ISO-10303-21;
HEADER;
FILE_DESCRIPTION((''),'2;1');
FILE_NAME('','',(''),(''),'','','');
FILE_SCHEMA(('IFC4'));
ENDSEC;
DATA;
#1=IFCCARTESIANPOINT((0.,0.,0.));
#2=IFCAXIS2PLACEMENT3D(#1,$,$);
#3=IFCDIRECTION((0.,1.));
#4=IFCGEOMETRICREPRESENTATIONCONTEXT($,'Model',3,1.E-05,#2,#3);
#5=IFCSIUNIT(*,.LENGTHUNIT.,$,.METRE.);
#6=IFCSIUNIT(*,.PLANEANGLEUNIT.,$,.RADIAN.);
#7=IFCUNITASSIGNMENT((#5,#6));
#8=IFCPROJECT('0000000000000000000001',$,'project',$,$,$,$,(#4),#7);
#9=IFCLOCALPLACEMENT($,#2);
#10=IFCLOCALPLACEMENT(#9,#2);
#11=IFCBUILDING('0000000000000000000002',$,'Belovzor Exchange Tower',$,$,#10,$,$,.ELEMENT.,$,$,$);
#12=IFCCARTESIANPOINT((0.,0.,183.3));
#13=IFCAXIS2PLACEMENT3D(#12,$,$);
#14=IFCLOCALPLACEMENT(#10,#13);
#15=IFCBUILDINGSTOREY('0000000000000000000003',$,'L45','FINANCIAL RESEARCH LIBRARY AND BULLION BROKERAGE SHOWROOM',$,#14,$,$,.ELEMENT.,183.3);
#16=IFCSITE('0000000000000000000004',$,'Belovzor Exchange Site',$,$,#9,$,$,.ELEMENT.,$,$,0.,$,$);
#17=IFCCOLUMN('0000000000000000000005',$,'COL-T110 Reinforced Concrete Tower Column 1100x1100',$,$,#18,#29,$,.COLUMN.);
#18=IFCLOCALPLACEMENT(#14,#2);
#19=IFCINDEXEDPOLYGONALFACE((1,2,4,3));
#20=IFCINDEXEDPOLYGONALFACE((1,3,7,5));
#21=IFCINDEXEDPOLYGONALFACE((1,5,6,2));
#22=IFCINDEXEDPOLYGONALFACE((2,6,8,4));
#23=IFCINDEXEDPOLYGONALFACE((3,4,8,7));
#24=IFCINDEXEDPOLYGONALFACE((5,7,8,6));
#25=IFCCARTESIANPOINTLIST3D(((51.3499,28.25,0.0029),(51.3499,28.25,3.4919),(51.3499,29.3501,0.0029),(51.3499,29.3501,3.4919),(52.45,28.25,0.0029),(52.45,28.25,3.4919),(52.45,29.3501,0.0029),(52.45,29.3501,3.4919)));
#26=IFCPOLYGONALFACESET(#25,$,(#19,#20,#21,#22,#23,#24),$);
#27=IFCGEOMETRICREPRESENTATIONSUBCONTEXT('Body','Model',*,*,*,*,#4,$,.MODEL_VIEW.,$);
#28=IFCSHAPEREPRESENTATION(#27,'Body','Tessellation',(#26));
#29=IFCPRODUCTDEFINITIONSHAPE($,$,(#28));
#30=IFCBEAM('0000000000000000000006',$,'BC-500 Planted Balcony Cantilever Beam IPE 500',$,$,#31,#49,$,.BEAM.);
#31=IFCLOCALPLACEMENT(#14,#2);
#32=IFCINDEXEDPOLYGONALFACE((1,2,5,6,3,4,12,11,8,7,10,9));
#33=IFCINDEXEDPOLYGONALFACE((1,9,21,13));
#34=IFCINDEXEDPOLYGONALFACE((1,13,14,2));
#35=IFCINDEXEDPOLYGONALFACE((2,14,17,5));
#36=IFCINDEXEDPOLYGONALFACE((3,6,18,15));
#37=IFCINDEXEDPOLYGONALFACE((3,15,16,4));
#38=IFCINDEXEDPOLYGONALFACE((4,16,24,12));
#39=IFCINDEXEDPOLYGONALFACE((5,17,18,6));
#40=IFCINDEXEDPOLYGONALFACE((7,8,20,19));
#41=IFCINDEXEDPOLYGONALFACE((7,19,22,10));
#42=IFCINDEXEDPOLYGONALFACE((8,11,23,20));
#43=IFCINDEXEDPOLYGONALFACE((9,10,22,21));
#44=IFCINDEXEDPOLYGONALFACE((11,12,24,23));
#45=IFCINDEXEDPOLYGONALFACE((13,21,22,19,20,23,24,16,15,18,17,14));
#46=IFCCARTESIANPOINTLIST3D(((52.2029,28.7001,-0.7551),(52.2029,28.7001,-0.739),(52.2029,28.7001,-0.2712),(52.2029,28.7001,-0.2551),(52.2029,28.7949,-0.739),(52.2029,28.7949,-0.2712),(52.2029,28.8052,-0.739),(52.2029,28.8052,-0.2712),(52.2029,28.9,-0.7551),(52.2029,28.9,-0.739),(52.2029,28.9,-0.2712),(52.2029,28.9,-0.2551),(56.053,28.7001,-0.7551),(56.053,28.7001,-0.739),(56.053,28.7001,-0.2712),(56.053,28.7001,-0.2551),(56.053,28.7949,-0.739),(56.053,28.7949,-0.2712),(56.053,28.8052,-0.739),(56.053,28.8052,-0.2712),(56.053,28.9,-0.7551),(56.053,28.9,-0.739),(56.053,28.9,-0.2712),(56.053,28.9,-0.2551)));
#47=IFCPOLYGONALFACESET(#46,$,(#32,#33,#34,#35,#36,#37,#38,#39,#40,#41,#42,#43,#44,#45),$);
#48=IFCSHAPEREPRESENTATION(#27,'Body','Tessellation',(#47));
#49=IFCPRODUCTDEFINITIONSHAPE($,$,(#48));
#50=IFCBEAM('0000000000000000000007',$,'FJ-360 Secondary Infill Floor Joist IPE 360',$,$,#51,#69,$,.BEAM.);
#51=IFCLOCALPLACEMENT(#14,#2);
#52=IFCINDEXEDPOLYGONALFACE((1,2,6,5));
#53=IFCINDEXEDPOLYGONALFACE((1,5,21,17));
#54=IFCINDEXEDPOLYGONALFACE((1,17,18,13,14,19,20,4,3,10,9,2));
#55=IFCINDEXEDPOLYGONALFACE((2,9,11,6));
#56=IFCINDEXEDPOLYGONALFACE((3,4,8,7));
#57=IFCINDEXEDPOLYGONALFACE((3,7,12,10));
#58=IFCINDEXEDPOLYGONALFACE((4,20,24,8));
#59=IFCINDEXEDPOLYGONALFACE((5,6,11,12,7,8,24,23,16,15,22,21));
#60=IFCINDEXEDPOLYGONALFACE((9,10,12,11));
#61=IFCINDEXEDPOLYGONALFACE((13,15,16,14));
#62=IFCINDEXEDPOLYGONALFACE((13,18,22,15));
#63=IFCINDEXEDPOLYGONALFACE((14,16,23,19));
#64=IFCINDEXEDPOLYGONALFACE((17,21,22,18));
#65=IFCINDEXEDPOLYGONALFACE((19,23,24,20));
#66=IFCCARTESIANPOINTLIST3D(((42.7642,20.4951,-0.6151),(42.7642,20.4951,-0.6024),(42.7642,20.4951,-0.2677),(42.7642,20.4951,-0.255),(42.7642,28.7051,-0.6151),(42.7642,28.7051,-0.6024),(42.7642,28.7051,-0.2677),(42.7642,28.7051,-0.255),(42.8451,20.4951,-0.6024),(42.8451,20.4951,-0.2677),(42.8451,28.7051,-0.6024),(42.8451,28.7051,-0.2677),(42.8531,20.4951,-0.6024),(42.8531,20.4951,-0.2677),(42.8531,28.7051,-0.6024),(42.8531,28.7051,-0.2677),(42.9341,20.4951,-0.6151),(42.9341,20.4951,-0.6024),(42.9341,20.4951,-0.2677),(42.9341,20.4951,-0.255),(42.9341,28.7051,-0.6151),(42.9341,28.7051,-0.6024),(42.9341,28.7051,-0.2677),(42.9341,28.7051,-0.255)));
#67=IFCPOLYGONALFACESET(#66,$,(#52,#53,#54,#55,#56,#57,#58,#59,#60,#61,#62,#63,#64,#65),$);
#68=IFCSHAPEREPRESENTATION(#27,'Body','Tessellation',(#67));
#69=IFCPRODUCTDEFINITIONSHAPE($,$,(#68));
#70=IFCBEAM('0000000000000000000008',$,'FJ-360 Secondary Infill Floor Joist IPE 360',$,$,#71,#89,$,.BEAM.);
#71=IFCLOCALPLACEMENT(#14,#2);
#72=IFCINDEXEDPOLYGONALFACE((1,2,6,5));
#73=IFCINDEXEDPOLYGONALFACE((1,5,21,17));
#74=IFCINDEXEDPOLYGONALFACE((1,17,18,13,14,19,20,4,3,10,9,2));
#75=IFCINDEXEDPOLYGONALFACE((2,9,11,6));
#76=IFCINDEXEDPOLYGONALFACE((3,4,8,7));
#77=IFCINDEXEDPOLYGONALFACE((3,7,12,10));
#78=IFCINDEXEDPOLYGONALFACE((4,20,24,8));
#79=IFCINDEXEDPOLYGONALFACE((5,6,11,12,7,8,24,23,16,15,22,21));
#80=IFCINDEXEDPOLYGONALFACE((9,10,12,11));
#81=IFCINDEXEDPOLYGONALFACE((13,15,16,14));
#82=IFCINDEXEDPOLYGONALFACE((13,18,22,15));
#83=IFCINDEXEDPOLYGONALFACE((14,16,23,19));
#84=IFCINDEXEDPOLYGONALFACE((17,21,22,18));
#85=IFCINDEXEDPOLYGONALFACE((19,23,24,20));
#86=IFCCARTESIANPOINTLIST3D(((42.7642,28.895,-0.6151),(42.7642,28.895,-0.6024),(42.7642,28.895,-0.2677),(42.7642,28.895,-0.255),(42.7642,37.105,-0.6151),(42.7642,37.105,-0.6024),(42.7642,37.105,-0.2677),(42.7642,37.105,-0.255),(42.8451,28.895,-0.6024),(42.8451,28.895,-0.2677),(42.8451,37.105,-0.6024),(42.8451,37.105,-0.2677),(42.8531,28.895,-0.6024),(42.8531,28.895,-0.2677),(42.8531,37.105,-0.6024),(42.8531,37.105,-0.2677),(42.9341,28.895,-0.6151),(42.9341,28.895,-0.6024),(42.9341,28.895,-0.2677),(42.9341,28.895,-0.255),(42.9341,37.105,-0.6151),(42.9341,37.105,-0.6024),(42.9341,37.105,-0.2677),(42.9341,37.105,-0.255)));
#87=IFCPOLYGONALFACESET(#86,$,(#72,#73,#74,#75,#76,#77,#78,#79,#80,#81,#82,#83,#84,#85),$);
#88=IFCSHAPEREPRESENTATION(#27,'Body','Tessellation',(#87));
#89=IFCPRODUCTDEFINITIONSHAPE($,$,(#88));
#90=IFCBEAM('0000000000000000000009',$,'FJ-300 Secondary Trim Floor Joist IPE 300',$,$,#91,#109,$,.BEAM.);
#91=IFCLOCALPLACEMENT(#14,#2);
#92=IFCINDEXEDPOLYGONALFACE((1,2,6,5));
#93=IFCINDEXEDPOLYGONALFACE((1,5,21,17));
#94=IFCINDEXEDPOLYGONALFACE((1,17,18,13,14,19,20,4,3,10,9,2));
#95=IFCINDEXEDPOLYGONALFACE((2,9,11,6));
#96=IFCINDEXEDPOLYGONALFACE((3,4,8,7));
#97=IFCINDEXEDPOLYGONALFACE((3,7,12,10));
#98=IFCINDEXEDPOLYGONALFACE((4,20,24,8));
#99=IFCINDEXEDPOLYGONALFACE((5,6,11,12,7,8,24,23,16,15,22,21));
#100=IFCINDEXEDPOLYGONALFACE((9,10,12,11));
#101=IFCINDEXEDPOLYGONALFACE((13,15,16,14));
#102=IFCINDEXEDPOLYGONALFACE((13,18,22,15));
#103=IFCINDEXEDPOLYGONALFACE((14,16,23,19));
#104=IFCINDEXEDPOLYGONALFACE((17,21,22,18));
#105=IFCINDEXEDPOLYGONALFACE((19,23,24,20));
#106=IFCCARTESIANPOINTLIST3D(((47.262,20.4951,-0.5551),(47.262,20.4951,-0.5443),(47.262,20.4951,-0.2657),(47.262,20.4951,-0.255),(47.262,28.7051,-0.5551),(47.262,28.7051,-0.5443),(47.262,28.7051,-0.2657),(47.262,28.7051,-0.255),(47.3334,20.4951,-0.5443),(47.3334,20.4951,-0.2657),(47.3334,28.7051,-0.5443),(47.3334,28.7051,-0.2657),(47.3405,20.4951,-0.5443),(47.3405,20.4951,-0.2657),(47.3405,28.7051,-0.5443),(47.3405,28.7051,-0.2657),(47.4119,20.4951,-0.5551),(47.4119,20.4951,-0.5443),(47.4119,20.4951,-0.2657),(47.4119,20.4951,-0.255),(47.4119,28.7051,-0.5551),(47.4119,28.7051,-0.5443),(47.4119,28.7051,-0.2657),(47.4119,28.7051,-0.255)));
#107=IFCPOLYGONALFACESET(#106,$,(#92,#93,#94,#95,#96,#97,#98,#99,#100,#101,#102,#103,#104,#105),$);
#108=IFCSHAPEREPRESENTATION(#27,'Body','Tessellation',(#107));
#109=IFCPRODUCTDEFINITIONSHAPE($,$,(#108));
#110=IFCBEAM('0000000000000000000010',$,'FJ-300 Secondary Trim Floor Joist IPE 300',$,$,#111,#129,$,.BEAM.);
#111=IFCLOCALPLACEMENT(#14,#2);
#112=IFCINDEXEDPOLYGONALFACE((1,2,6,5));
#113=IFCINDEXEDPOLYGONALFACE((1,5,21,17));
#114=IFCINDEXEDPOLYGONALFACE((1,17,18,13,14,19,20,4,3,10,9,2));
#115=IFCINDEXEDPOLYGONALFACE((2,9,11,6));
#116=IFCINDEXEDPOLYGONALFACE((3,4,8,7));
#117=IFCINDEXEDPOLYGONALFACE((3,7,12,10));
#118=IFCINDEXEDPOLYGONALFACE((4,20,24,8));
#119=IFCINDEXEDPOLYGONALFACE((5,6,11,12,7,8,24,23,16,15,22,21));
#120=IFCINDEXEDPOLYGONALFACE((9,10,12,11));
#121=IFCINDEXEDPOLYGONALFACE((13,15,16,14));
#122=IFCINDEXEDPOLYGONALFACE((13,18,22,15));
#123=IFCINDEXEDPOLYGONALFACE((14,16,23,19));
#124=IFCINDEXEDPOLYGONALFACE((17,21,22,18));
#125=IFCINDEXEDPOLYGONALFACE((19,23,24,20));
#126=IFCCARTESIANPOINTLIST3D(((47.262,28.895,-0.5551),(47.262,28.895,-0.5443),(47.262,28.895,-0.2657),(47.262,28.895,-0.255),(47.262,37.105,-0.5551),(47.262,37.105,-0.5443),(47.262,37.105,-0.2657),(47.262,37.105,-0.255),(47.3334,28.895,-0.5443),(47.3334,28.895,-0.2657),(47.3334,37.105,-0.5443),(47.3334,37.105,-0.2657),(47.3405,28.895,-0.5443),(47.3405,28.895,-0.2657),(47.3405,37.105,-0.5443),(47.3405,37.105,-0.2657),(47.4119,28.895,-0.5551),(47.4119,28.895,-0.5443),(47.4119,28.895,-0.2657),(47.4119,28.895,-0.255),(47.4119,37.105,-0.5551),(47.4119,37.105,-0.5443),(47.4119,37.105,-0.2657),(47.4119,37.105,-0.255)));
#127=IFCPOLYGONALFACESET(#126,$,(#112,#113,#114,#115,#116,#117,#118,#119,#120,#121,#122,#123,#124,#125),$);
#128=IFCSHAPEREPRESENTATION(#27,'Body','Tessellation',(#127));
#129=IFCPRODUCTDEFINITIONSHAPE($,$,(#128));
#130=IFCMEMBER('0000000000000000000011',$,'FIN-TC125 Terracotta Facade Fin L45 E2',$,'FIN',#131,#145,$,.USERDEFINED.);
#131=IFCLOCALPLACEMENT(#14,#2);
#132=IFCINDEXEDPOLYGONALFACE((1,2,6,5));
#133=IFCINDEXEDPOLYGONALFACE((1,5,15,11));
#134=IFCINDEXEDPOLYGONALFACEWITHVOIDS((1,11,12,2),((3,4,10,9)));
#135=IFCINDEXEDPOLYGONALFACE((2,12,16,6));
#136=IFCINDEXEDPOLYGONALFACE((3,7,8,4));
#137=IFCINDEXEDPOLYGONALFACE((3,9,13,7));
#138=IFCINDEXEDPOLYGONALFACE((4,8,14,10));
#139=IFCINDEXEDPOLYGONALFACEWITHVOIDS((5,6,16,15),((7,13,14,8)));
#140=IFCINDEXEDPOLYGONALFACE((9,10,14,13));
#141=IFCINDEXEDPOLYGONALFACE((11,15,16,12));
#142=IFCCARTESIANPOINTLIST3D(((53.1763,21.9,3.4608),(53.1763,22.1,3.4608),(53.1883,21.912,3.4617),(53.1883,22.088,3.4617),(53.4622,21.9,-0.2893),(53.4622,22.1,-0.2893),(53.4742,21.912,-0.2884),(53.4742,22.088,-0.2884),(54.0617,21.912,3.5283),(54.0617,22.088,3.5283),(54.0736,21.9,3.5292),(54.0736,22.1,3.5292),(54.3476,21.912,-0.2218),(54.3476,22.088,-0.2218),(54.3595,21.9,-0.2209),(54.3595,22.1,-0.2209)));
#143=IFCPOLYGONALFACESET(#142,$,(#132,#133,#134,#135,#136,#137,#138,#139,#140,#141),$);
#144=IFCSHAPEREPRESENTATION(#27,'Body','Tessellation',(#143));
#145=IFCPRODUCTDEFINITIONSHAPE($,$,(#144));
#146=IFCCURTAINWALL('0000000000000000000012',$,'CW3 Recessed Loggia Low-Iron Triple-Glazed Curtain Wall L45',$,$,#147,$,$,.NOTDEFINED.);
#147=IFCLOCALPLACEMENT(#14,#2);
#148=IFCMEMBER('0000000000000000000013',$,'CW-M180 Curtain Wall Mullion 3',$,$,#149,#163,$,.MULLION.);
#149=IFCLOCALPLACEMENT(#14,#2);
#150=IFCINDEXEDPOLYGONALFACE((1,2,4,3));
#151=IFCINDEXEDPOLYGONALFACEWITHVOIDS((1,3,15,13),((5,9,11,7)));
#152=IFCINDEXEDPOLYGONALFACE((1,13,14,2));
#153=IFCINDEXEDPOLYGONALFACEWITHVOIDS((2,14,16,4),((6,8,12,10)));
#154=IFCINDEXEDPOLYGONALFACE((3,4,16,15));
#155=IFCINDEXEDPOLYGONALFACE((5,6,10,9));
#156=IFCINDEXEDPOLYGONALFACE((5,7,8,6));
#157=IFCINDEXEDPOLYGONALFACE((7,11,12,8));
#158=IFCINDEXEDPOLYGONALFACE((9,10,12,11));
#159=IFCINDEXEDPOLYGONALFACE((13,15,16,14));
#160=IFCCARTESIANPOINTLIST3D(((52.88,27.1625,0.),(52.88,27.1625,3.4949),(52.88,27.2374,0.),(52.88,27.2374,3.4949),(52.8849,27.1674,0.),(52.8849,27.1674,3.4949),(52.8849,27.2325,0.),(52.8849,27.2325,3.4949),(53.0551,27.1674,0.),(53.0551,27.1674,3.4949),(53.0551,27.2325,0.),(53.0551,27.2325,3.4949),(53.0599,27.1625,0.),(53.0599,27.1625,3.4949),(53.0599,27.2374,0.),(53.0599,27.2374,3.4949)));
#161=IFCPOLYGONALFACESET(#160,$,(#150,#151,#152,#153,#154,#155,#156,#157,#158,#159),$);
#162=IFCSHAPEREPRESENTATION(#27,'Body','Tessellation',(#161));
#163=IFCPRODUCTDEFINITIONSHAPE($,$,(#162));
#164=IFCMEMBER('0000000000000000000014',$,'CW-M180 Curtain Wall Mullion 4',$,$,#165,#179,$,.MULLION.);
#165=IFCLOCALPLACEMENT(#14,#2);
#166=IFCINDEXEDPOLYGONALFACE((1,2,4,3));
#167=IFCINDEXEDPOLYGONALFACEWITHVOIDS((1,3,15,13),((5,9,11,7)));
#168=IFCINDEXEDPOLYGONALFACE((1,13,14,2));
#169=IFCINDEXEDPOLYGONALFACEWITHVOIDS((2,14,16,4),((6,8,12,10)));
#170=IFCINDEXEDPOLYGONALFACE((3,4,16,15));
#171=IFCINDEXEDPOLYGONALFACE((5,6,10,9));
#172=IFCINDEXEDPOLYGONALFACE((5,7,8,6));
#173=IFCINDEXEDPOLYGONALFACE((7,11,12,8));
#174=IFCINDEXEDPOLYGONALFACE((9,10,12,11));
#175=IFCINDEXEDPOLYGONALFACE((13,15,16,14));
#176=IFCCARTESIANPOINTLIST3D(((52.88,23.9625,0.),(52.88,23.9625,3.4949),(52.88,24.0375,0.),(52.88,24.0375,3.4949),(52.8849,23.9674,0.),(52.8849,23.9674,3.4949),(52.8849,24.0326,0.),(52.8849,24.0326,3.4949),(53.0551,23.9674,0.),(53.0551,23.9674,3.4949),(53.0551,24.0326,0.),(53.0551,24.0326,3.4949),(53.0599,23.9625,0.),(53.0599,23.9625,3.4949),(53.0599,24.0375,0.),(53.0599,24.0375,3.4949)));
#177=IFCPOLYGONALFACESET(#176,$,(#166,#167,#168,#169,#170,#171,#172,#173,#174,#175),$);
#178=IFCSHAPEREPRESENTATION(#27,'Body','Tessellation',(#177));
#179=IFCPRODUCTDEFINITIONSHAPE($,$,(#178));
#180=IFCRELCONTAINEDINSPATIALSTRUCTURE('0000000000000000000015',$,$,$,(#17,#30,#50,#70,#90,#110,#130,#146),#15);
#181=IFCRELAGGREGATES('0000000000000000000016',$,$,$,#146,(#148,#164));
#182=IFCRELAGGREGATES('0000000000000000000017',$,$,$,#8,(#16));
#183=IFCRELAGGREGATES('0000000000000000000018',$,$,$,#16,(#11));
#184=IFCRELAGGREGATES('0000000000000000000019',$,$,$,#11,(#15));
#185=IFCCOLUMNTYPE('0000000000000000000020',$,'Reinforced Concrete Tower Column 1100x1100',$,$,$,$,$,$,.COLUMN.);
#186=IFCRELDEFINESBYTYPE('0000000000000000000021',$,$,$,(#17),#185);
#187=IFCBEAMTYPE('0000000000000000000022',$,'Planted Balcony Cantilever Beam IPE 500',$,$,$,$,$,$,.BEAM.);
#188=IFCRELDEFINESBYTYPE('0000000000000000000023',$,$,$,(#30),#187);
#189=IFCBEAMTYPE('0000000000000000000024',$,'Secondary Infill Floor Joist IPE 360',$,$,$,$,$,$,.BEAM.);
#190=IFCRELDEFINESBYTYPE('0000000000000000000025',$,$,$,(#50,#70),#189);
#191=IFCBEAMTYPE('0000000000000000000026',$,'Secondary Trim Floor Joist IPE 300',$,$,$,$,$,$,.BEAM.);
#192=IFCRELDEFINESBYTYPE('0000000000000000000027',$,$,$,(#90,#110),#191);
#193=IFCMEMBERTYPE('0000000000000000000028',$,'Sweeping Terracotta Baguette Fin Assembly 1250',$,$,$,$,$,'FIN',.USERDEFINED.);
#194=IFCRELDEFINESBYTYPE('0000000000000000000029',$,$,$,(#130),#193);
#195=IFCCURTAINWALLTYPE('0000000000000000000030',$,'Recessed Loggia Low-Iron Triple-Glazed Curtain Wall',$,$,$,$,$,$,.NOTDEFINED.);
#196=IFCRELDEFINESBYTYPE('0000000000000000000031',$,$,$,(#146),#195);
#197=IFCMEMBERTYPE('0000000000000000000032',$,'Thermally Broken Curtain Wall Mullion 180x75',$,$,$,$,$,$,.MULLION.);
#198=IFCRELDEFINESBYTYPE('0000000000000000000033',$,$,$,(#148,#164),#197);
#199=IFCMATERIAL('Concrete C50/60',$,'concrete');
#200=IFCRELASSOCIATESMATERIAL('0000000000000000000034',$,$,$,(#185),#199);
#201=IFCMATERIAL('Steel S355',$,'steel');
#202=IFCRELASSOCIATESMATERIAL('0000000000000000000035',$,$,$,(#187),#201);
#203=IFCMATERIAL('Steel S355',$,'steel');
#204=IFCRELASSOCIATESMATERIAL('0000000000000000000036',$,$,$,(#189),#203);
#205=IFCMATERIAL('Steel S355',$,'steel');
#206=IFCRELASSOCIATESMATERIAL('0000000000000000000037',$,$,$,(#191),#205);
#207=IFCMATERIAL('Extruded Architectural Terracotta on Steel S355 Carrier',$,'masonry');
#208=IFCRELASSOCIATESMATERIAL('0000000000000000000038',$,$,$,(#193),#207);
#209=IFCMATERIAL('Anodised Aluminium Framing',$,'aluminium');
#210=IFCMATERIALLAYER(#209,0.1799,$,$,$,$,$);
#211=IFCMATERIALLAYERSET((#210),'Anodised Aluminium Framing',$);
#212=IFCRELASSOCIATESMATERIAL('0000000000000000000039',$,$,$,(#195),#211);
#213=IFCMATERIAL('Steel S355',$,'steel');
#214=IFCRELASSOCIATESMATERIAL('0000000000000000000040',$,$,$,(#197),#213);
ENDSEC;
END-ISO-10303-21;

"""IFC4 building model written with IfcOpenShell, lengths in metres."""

from ifc_helpers import new_model, si_unit, direction, frame, origin, origin_2d, place, context, subcontext, project, spatial, rectangle, hollow_rectangle, i_section, extrude, material, layer, layer_set, material_profile, profile_set, type_object, element, aggregate, save


model = new_model("IFC4")

# Units and contexts
model_context = context("Model", 3, precision=1e-05, world=origin(), true_north=direction((0.0, 1.0)))
body_context = subcontext(model_context, "Body", "Model", "MODEL_VIEW")
ifc_project = project(units=[si_unit("LENGTHUNIT", "METRE"), si_unit("PLANEANGLEUNIT", "RADIAN")], contexts=[model_context])

# Site, building, storey
site_placement = place(None, origin())
site = spatial("IfcSite", under=ifc_project, at=site_placement, Name="Belovzor Exchange Site", CompositionType="ELEMENT", RefElevation=0.0)
building_placement = place(site_placement, origin())
building = spatial("IfcBuilding", under=site, at=building_placement, Name="Belovzor Exchange Tower", CompositionType="ELEMENT")
storey_placement = place(building_placement, frame((0.0, 0.0, 183.3)))
storey = spatial("IfcBuildingStorey", under=building, at=storey_placement, Name="L45", Description="FINANCIAL RESEARCH LIBRARY AND BULLION BROKERAGE SHOWROOM", CompositionType="ELEMENT", Elevation=183.3)

# Column
ifc_material_1 = material(Name="Concrete C50/60", Category="concrete")
ifc_material_profile_1 = material_profile(ifc_material_1, rectangle(XDim=1.1001, YDim=1.1001, at=origin_2d()))
ifc_profile_set_1 = profile_set([ifc_material_profile_1], Name="Concrete C50/60")
column_type = type_object("IfcColumnType", Name="Reinforced Concrete Tower Column 1100x1100", PredefinedType="COLUMN", material=ifc_profile_set_1)
column_placement = place(storey_placement, frame((51.8999, 28.8, 0.0029), z_axis=(0.0, 0.0, 1.0), x_axis=(1.0, 0.0, 0.0)))
element("IfcColumn", 1, at=column_placement, inside=storey, type_object=column_type, Name="COL-T110 Reinforced Concrete Tower Column 1100x1100", PredefinedType="COLUMN", context=body_context, shape_type="SweptSolid", body=[
    extrude(rectangle(XDim=1.1001, YDim=1.1001, at=origin_2d()), origin(), (0.0, 0.0, 1.0), 3.489),
])

# Beams
ifc_material_2 = material(Name="Steel S355", Category="steel")
ifc_material_profile_2 = material_profile(ifc_material_2, i_section(OverallWidth=0.2, OverallDepth=0.5, WebThickness=0.0103, FlangeThickness=0.0161, at=origin_2d()))
ifc_profile_set_2 = profile_set([ifc_material_profile_2], Name="Steel S355")
beam_type_1 = type_object("IfcBeamType", Name="Planted Balcony Cantilever Beam IPE 500", PredefinedType="BEAM", material=ifc_profile_set_2)
beam_1_placement = place(storey_placement, frame((52.2029, 28.8, -0.5051), z_axis=(1.0, 0.0, 0.0), x_axis=(0.0, 1.0, 0.0)))
element("IfcBeam", 2, at=beam_1_placement, inside=storey, type_object=beam_type_1, Name="BC-500 Planted Balcony Cantilever Beam IPE 500", PredefinedType="BEAM", context=body_context, shape_type="SweptSolid", body=[
    extrude(i_section(OverallWidth=0.2, OverallDepth=0.5, WebThickness=0.0103, FlangeThickness=0.0161, at=origin_2d()), origin(), (0.0, 0.0, 1.0), 3.8501),
])
ifc_material_3 = material(Name="Steel S355", Category="steel")
ifc_material_profile_3 = material_profile(ifc_material_3, i_section(OverallWidth=0.1699, OverallDepth=0.3601, WebThickness=0.0081, FlangeThickness=0.0127, at=origin_2d()))
ifc_profile_set_3 = profile_set([ifc_material_profile_3], Name="Steel S355")
beam_type_2 = type_object("IfcBeamType", Name="Secondary Infill Floor Joist IPE 360", PredefinedType="BEAM", material=ifc_profile_set_3)
for number, where, z_axis, x_axis, name in (
    (3, (42.8491, 20.4951, -0.4351), (0.0, 1.0, 0.0), (-1.0, 0.0, 0.0), "FJ-360 Secondary Infill Floor Joist IPE 360"),
    (4, (42.8491, 28.895, -0.4351), (0.0, 1.0, 0.0), (-1.0, 0.0, 0.0), "FJ-360 Secondary Infill Floor Joist IPE 360"),
):
    element("IfcBeam", number, at=place(storey_placement, frame(where, z_axis=z_axis, x_axis=x_axis)), inside=storey, type_object=beam_type_2, Name=name, PredefinedType="BEAM", context=body_context, shape_type="SweptSolid", body=[
        extrude(i_section(OverallWidth=0.1699, OverallDepth=0.3601, WebThickness=0.0081, FlangeThickness=0.0127, at=origin_2d()), origin(), (0.0, 0.0, 1.0), 8.21),
    ])
ifc_material_4 = material(Name="Steel S355", Category="steel")
ifc_material_profile_4 = material_profile(ifc_material_4, i_section(OverallWidth=0.1499, OverallDepth=0.3, WebThickness=0.0071, FlangeThickness=0.0107, at=origin_2d()))
ifc_profile_set_4 = profile_set([ifc_material_profile_4], Name="Steel S355")
beam_type_3 = type_object("IfcBeamType", Name="Secondary Trim Floor Joist IPE 300", PredefinedType="BEAM", material=ifc_profile_set_4)
for number, where, z_axis, x_axis, name in (
    (5, (47.3369, 20.4951, -0.405), (0.0, 1.0, 0.0), (-1.0, 0.0, 0.0), "FJ-300 Secondary Trim Floor Joist IPE 300"),
    (6, (47.3369, 28.895, -0.405), (0.0, 1.0, 0.0), (-1.0, 0.0, 0.0), "FJ-300 Secondary Trim Floor Joist IPE 300"),
):
    element("IfcBeam", number, at=place(storey_placement, frame(where, z_axis=z_axis, x_axis=x_axis)), inside=storey, type_object=beam_type_3, Name=name, PredefinedType="BEAM", context=body_context, shape_type="SweptSolid", body=[
        extrude(i_section(OverallWidth=0.1499, OverallDepth=0.3, WebThickness=0.0071, FlangeThickness=0.0107, at=origin_2d()), origin(), (0.0, 0.0, 1.0), 8.21),
    ])

# Member
ifc_material_5 = material(Name="Extruded Architectural Terracotta on Steel S355 Carrier", Category="masonry")
ifc_material_profile_5 = material_profile(ifc_material_5, hollow_rectangle(XDim=0.2, YDim=0.8999, WallThickness=0.012, at=origin_2d()))
ifc_profile_set_5 = profile_set([ifc_material_profile_5], Name="Extruded Architectural Terracotta on Steel S355 Carrier")
member_type_1 = type_object("IfcMemberType", Name="Sweeping Terracotta Baguette Fin Assembly 1250", ElementType="FIN", PredefinedType="USERDEFINED", material=ifc_profile_set_5)
member_1_placement = place(storey_placement, frame((53.9109, 22.0, -0.2551), z_axis=(-0.076016, 0.0, 0.997107), x_axis=(0.0, -1.0, 0.0)))
element("IfcMember", 7, at=member_1_placement, inside=storey, type_object=member_type_1, Name="FIN-TC125 Terracotta Facade Fin L45 E2", ObjectType="FIN", PredefinedType="USERDEFINED", context=body_context, shape_type="SweptSolid", body=[
    extrude(hollow_rectangle(XDim=0.2, YDim=0.8999, WallThickness=0.012, at=origin_2d()), origin(), (0.0, 0.0, 1.0), 3.761),
])

# Curtain wall, members
ifc_material_6 = material(Name="Anodised Aluminium Framing", Category="aluminium")
ifc_layer_1 = layer(ifc_material_6, 0.1799)
ifc_layer_set_1 = layer_set([ifc_layer_1], Name="Anodised Aluminium Framing")
curtain_wall_type = type_object("IfcCurtainWallType", Name="Recessed Loggia Low-Iron Triple-Glazed Curtain Wall", PredefinedType="NOTDEFINED", material=ifc_layer_set_1)
curtain_wall_placement = place(storey_placement, origin())
curtain_wall = element("IfcCurtainWall", 8, at=curtain_wall_placement, inside=storey, type_object=curtain_wall_type, Name="CW3 Recessed Loggia Low-Iron Triple-Glazed Curtain Wall L45", PredefinedType="NOTDEFINED")
ifc_material_7 = material(Name="Steel S355", Category="steel")
ifc_material_profile_6 = material_profile(ifc_material_7, hollow_rectangle(XDim=0.075, YDim=0.1799, WallThickness=0.0049, at=origin_2d()))
ifc_profile_set_6 = profile_set([ifc_material_profile_6], Name="Steel S355")
member_type_2 = type_object("IfcMemberType", Name="Thermally Broken Curtain Wall Mullion 180x75", PredefinedType="MULLION", material=ifc_profile_set_6)
member_2_placement = place(storey_placement, frame((52.97, 27.2, 0.0), z_axis=(0.0, 0.0, 1.0), x_axis=(0.0, -1.0, 0.0)))
member_2 = element("IfcMember", 9, at=member_2_placement, type_object=member_type_2, Name="CW-M180 Curtain Wall Mullion 3", PredefinedType="MULLION", context=body_context, shape_type="SweptSolid", body=[
    extrude(hollow_rectangle(XDim=0.075, YDim=0.1799, WallThickness=0.0049, at=origin_2d()), origin(), (0.0, 0.0, 1.0), 3.4949),
])
member_3_placement = place(storey_placement, frame((52.97, 24.0, 0.0), z_axis=(0.0, 0.0, 1.0), x_axis=(0.0, -1.0, 0.0)))
member_3 = element("IfcMember", 10, at=member_3_placement, type_object=member_type_2, Name="CW-M180 Curtain Wall Mullion 4", PredefinedType="MULLION", context=body_context, shape_type="SweptSolid", body=[
    extrude(hollow_rectangle(XDim=0.075, YDim=0.1799, WallThickness=0.0049, at=origin_2d()), origin(), (0.0, 0.0, 1.0), 3.4949),
])

aggregate(curtain_wall, [member_2, member_3])

save(model, "model.ifc")
